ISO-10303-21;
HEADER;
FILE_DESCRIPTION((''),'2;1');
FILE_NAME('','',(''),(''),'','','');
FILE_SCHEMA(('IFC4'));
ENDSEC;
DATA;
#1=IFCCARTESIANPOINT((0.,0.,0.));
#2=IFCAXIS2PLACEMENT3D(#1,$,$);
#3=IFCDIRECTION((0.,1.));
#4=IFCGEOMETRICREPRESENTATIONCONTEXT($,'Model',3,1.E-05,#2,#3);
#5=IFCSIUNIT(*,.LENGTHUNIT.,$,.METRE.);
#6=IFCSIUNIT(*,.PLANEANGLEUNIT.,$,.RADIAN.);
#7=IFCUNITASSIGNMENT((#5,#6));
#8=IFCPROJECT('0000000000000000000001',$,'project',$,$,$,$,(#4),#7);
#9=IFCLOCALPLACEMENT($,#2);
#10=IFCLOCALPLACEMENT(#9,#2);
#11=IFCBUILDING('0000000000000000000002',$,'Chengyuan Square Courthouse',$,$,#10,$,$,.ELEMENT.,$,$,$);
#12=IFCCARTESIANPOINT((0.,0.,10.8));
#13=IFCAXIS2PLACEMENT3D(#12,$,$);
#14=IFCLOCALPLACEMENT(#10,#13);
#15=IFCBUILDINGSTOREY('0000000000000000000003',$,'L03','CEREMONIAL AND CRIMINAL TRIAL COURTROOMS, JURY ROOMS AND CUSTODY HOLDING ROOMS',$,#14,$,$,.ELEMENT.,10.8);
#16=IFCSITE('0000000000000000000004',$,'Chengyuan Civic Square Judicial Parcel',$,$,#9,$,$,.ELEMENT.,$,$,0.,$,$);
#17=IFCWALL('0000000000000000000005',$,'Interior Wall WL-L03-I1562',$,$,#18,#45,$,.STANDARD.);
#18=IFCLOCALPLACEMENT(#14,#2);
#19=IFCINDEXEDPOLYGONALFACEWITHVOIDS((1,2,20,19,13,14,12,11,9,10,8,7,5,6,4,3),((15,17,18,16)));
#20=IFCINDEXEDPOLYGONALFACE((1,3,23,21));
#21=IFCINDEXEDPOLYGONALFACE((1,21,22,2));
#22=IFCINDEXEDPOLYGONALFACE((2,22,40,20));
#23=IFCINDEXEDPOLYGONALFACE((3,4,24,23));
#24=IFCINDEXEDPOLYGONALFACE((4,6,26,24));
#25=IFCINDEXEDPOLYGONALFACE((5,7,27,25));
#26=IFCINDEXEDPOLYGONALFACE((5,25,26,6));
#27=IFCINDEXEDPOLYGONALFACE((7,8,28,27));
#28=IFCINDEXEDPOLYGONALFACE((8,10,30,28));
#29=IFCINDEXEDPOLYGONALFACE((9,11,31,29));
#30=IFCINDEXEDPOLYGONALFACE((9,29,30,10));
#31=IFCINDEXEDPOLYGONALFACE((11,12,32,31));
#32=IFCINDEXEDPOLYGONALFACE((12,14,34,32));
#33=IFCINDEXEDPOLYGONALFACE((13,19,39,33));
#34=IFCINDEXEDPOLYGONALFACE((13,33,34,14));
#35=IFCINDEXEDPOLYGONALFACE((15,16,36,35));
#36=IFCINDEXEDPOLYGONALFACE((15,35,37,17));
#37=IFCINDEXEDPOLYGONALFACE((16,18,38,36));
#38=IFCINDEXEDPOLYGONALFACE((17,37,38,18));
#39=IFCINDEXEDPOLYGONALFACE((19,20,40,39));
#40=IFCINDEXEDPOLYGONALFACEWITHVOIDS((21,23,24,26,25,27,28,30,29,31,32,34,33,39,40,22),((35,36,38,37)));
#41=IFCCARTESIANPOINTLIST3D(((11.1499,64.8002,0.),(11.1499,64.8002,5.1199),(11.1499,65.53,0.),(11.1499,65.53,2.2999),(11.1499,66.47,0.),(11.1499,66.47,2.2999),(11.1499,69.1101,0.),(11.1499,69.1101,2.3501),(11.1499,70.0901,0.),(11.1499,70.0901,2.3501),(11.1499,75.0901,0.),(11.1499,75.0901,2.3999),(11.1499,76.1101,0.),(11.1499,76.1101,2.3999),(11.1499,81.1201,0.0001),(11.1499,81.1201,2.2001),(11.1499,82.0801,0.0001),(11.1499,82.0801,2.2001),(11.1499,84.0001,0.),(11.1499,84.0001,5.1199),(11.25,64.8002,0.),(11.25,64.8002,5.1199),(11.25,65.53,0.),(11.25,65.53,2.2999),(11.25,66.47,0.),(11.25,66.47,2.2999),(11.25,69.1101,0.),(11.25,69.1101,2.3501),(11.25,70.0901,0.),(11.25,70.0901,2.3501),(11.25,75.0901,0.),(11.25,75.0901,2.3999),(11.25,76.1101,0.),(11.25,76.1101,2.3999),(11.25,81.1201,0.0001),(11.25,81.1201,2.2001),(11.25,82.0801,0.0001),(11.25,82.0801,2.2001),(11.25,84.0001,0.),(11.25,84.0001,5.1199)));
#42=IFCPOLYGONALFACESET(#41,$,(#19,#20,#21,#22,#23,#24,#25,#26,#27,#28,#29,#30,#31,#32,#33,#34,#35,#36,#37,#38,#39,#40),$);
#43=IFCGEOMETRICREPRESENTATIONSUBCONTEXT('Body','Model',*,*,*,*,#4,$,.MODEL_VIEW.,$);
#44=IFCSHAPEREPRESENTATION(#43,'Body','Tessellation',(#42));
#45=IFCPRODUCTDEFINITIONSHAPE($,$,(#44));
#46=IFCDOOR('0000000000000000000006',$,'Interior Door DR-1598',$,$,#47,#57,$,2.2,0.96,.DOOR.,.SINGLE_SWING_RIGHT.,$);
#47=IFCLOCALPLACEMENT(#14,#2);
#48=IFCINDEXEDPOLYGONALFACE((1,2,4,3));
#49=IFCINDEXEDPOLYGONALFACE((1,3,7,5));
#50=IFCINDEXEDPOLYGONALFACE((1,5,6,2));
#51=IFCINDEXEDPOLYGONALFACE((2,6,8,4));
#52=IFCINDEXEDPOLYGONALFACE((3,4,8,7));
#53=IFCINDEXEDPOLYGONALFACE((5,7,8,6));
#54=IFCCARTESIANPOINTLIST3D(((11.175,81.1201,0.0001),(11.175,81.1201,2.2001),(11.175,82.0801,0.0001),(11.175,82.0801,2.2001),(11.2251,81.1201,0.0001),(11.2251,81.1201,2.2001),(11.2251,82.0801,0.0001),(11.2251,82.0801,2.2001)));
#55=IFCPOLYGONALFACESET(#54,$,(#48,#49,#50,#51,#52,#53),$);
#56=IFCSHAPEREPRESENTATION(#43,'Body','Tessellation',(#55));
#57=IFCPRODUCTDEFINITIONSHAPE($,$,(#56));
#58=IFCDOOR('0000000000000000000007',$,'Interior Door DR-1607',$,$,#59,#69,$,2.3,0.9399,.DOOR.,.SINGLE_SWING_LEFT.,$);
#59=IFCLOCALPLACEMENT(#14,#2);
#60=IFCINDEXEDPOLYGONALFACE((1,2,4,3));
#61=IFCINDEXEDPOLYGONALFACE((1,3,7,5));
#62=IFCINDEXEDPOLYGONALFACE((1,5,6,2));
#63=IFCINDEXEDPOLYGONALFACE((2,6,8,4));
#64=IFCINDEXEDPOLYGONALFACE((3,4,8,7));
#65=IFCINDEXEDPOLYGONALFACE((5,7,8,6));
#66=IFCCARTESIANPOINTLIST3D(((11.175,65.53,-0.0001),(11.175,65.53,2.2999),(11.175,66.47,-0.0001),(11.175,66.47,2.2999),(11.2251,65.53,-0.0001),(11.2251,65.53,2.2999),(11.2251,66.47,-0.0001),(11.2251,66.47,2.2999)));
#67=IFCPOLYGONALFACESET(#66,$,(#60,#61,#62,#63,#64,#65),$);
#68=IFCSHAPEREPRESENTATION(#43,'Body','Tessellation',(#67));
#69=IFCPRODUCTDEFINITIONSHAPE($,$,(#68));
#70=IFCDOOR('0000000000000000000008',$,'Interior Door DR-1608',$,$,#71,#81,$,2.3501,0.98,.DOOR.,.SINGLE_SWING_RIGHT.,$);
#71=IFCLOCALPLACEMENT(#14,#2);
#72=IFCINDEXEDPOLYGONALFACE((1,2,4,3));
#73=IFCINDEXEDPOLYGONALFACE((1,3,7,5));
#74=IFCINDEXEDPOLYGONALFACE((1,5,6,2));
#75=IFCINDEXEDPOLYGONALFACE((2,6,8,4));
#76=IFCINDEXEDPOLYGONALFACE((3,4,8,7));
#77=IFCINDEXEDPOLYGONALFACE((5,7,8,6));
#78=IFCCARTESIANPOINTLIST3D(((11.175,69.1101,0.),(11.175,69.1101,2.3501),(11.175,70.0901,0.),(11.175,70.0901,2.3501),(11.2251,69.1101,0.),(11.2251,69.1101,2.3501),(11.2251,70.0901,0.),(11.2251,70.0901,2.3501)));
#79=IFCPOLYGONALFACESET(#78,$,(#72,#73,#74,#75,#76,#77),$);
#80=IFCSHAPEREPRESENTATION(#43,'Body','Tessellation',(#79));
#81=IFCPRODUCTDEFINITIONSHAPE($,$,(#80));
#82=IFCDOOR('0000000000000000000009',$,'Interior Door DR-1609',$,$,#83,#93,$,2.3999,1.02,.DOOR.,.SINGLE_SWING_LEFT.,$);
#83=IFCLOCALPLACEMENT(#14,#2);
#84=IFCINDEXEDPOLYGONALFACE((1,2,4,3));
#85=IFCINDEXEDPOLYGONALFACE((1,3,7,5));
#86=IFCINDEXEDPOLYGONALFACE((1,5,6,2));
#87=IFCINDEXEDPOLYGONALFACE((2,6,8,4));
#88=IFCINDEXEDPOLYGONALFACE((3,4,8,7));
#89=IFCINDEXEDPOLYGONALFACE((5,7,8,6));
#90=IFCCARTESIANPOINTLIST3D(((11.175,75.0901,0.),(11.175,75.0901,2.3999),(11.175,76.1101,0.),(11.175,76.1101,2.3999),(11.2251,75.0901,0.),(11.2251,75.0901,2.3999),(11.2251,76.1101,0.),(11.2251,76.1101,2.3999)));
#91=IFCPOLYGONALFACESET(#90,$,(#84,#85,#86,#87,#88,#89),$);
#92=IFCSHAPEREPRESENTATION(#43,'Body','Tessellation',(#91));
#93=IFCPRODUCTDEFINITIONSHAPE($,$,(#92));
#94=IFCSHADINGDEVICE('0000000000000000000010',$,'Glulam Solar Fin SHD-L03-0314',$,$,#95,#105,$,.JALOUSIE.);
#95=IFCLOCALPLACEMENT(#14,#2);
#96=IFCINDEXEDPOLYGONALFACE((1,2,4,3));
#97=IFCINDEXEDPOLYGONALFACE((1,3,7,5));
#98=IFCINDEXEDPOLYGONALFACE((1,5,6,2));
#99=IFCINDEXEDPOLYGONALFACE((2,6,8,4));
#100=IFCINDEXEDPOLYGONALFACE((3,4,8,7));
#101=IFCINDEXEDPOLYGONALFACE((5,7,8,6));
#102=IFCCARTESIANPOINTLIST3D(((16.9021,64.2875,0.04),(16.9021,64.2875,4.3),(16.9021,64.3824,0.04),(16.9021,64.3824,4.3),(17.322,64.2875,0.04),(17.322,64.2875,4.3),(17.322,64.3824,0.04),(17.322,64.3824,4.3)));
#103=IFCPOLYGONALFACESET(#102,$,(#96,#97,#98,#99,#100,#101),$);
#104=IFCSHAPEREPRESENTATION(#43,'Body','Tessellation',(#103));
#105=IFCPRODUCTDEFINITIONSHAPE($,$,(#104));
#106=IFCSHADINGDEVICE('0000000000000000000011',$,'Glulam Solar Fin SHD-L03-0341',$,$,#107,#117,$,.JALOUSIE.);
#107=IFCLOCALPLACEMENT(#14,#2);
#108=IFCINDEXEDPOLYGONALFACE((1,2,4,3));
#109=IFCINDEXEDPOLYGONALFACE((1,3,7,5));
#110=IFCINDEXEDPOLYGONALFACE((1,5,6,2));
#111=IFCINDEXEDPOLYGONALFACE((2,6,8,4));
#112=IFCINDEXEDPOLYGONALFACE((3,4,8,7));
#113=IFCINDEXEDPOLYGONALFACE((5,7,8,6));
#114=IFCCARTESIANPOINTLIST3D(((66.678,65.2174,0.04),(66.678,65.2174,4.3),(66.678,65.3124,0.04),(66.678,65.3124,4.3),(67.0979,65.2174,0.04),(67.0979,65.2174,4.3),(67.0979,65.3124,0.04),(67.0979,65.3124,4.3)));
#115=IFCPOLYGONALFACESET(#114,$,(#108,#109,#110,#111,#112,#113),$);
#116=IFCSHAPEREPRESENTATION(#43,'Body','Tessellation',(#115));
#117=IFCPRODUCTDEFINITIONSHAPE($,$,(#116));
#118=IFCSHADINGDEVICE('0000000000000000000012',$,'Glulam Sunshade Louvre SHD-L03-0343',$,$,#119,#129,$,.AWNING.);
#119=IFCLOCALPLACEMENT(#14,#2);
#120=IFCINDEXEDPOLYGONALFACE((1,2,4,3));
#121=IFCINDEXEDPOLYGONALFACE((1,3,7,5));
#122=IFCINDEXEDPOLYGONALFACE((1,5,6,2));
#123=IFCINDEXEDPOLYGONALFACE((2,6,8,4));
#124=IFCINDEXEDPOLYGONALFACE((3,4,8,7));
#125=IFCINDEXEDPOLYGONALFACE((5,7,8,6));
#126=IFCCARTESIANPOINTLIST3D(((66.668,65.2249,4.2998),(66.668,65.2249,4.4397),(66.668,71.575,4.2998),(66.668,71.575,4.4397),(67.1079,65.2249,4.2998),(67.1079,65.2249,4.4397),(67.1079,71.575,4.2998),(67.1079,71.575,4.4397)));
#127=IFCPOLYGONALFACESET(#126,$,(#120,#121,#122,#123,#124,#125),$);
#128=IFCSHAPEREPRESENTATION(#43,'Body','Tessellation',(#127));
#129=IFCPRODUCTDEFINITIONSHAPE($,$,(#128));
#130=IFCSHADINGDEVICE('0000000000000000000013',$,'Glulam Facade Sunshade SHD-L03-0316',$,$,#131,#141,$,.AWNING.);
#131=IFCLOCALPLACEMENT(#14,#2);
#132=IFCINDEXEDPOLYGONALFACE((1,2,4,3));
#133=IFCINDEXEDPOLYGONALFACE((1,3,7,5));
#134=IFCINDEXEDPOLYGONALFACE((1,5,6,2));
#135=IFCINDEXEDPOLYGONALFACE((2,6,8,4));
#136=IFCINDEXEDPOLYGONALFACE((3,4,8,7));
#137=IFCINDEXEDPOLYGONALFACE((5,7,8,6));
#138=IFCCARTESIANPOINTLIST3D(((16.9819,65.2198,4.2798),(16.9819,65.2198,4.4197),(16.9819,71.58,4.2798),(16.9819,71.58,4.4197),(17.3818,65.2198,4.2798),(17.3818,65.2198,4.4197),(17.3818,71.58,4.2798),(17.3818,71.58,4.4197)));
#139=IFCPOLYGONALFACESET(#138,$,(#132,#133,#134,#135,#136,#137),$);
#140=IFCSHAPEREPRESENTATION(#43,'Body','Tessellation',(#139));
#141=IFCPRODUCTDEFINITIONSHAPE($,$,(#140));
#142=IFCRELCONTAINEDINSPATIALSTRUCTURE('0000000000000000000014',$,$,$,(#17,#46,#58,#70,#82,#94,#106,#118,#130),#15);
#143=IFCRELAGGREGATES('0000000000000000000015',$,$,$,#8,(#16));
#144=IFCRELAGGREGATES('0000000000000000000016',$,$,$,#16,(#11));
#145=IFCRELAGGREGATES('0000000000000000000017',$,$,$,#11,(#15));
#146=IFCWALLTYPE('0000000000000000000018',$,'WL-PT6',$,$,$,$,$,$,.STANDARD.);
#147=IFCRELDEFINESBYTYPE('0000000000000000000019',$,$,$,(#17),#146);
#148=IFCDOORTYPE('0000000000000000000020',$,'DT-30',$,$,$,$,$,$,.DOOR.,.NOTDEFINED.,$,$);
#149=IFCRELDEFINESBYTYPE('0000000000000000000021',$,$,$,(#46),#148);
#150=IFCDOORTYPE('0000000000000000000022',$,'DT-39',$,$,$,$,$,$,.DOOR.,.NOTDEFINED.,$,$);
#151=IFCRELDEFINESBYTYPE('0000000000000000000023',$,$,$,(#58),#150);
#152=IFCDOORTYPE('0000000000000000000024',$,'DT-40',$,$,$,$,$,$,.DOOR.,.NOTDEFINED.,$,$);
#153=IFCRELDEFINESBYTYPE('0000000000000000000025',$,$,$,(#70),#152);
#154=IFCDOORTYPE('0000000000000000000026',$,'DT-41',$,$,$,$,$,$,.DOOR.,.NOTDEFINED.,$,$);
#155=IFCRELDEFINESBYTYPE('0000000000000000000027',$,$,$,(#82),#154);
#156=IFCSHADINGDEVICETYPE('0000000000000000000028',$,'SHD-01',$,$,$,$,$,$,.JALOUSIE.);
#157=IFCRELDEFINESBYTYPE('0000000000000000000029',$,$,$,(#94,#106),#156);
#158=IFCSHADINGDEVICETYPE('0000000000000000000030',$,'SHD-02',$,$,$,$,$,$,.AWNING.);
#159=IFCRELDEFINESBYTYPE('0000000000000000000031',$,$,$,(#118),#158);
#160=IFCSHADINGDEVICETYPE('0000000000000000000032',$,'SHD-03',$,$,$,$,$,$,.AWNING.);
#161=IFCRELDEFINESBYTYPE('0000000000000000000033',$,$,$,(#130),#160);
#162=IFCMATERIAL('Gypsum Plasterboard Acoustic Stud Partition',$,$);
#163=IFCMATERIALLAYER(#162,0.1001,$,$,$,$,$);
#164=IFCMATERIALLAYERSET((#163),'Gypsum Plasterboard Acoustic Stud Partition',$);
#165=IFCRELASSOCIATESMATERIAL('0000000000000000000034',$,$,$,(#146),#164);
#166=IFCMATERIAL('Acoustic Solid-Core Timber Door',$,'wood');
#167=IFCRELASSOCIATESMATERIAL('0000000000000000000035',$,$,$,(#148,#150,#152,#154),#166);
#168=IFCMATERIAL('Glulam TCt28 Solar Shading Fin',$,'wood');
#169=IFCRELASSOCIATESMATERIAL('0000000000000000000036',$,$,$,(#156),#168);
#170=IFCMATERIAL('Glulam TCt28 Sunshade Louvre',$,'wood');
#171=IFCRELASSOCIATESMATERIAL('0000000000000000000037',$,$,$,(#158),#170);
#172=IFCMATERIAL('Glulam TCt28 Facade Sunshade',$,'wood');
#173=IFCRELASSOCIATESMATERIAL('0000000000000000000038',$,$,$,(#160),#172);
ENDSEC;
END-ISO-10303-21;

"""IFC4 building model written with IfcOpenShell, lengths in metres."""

from ifc_helpers import new_model, si_unit, direction, frame, frame_2d, origin, origin_2d, place, context, subcontext, project, spatial, rectangle, extrude, material, layer, layer_set, type_object, element, fill, save


model = new_model("IFC4")

# Units and contexts
model_context = context("Model", 3, precision=1e-05, world=origin(), true_north=direction((0.0, 1.0)))
body_context = subcontext(model_context, "Body", "Model", "MODEL_VIEW")
ifc_project = project(units=[si_unit("LENGTHUNIT", "METRE"), si_unit("PLANEANGLEUNIT", "RADIAN")], contexts=[model_context])

# Site, building, storey
site_placement = place(None, origin())
site = spatial("IfcSite", under=ifc_project, at=site_placement, Name="Chengyuan Civic Square Judicial Parcel", CompositionType="ELEMENT", RefElevation=0.0)
building_placement = place(site_placement, origin())
building = spatial("IfcBuilding", under=site, at=building_placement, Name="Chengyuan Square Courthouse", CompositionType="ELEMENT")
storey_placement = place(building_placement, frame((0.0, 0.0, 10.8)))
storey = spatial("IfcBuildingStorey", under=building, at=storey_placement, Name="L03", Description="CEREMONIAL AND CRIMINAL TRIAL COURTROOMS, JURY ROOMS AND CUSTODY HOLDING ROOMS", CompositionType="ELEMENT", Elevation=10.8)

# Shared definitions
ifc_material_1 = material(Name="Gypsum Plasterboard Acoustic Stud Partition")
ifc_layer_1 = layer(ifc_material_1, 0.1001)
ifc_layer_set_1 = layer_set([ifc_layer_1], Name="Gypsum Plasterboard Acoustic Stud Partition")
wall_type_1 = type_object("IfcWallType", Name="WL-PT6", PredefinedType="STANDARD", material=ifc_layer_set_1)
ifc_material_2 = material(Name="Acoustic Solid-Core Timber Door", Category="wood")

# Wall, openings, doors
wall_1_placement = place(storey_placement, frame((11.2, 64.8, 0.0), z_axis=(0.0, 0.0, 1.0), x_axis=(0.0, 1.0, 0.0)))
wall_1 = element("IfcWall", 1, at=wall_1_placement, inside=storey, type_object=wall_type_1, Name="Interior Wall WL-L03-I1562", PredefinedType="STANDARD", context=body_context, shape_type="SweptSolid", body=[
    extrude(rectangle(XDim=19.2, YDim=0.1001, at=frame_2d((9.6001, 0.0))), origin(), (0.0, 0.0, 1.0), 5.1199),
])
opening_1_placement = place(wall_1_placement, frame((16.3201, 0.0, 0.0)))
opening_1 = element("IfcOpeningElement", 2, at=opening_1_placement, cuts=wall_1, PredefinedType="OPENING", context=body_context, shape_type="SweptSolid", body=[
    extrude(rectangle(XDim=0.96, YDim=2.2, at=frame_2d((0.48, 1.1001))), frame((0.0, 0.062, 0.0), z_axis=(0.0, -1.0, 0.0), x_axis=(1.0, 0.0, 0.0)), (0.0, 0.0, 1.0), 0.124),
])
opening_2_placement = place(wall_1_placement, frame((0.73, 0.0, 0.0)))
opening_2 = element("IfcOpeningElement", 3, at=opening_2_placement, cuts=wall_1, PredefinedType="OPENING", context=body_context, shape_type="SweptSolid", body=[
    extrude(rectangle(XDim=0.9399, YDim=2.3, at=frame_2d((0.47, 1.1499))), frame((0.0, 0.062, 0.0), z_axis=(0.0, -1.0, 0.0), x_axis=(1.0, 0.0, 0.0)), (0.0, 0.0, 1.0), 0.124),
])
opening_3_placement = place(wall_1_placement, frame((4.3101, 0.0, 0.0)))
opening_3 = element("IfcOpeningElement", 4, at=opening_3_placement, cuts=wall_1, PredefinedType="OPENING", context=body_context, shape_type="SweptSolid", body=[
    extrude(rectangle(XDim=0.98, YDim=2.3501, at=frame_2d((0.49, 1.175))), frame((0.0, 0.062, 0.0), z_axis=(0.0, -1.0, 0.0), x_axis=(1.0, 0.0, 0.0)), (0.0, 0.0, 1.0), 0.124),
])
opening_4_placement = place(wall_1_placement, frame((10.29, 0.0, 0.0)))
opening_4 = element("IfcOpeningElement", 5, at=opening_4_placement, cuts=wall_1, PredefinedType="OPENING", context=body_context, shape_type="SweptSolid", body=[
    extrude(rectangle(XDim=1.02, YDim=2.3999, at=frame_2d((0.51, 1.2))), frame((0.0, 0.062, 0.0), z_axis=(0.0, -1.0, 0.0), x_axis=(1.0, 0.0, 0.0)), (0.0, 0.0, 1.0), 0.124),
])
door_type_1 = type_object("IfcDoorType", Name="DT-30", OperationType="NOTDEFINED", PredefinedType="DOOR", material=ifc_material_2)
door_1_placement = place(opening_1_placement, origin())
door_1 = element("IfcDoor", 6, at=door_1_placement, inside=storey, type_object=door_type_1, Name="Interior Door DR-1598", OperationType="SINGLE_SWING_RIGHT", OverallHeight=2.2, OverallWidth=0.96, PredefinedType="DOOR", context=body_context, shape_type="SweptSolid", body=[
    extrude(rectangle(XDim=0.96, YDim=2.2, at=frame_2d((0.48, 1.1001))), frame((0.0, 0.0249, 0.0), z_axis=(0.0, -1.0, 0.0), x_axis=(1.0, 0.0, 0.0)), (0.0, 0.0, 1.0), 0.05),
])
fill(opening_1, door_1)
door_type_2 = type_object("IfcDoorType", Name="DT-39", OperationType="NOTDEFINED", PredefinedType="DOOR", material=ifc_material_2)
door_2_placement = place(opening_2_placement, origin())
door_2 = element("IfcDoor", 7, at=door_2_placement, inside=storey, type_object=door_type_2, Name="Interior Door DR-1607", OperationType="SINGLE_SWING_LEFT", OverallHeight=2.3, OverallWidth=0.9399, PredefinedType="DOOR", context=body_context, shape_type="SweptSolid", body=[
    extrude(rectangle(XDim=0.9399, YDim=2.3, at=frame_2d((0.47, 1.1499))), frame((0.0, 0.0249, 0.0), z_axis=(0.0, -1.0, 0.0), x_axis=(1.0, 0.0, 0.0)), (0.0, 0.0, 1.0), 0.05),
])
fill(opening_2, door_2)
door_type_3 = type_object("IfcDoorType", Name="DT-40", OperationType="NOTDEFINED", PredefinedType="DOOR", material=ifc_material_2)
door_3_placement = place(opening_3_placement, origin())
door_3 = element("IfcDoor", 8, at=door_3_placement, inside=storey, type_object=door_type_3, Name="Interior Door DR-1608", OperationType="SINGLE_SWING_RIGHT", OverallHeight=2.3501, OverallWidth=0.98, PredefinedType="DOOR", context=body_context, shape_type="SweptSolid", body=[
    extrude(rectangle(XDim=0.98, YDim=2.3501, at=frame_2d((0.49, 1.175))), frame((0.0, 0.0249, 0.0), z_axis=(0.0, -1.0, 0.0), x_axis=(1.0, 0.0, 0.0)), (0.0, 0.0, 1.0), 0.05),
])
fill(opening_3, door_3)
door_type_4 = type_object("IfcDoorType", Name="DT-41", OperationType="NOTDEFINED", PredefinedType="DOOR", material=ifc_material_2)
door_4_placement = place(opening_4_placement, origin())
door_4 = element("IfcDoor", 9, at=door_4_placement, inside=storey, type_object=door_type_4, Name="Interior Door DR-1609", OperationType="SINGLE_SWING_LEFT", OverallHeight=2.3999, OverallWidth=1.02, PredefinedType="DOOR", context=body_context, shape_type="SweptSolid", body=[
    extrude(rectangle(XDim=1.02, YDim=2.3999, at=frame_2d((0.51, 1.2))), frame((0.0, 0.0249, 0.0), z_axis=(0.0, -1.0, 0.0), x_axis=(1.0, 0.0, 0.0)), (0.0, 0.0, 1.0), 0.05),
])
fill(opening_4, door_4)

# Shading devices
ifc_material_3 = material(Name="Glulam TCt28 Solar Shading Fin", Category="wood")
shading_device_type_1 = type_object("IfcShadingDeviceType", Name="SHD-01", PredefinedType="JALOUSIE", material=ifc_material_3)
for number, where, z_axis, x_axis, name in (
    (10, (17.1121, 64.335, 0.04), (0.0, 0.0, 1.0), (1.0, 0.0, 0.0), "Glulam Solar Fin SHD-L03-0314"),
    (11, (66.8879, 65.2649, 0.04), (0.0, 0.0, 1.0), (1.0, 0.0, 0.0), "Glulam Solar Fin SHD-L03-0341"),
):
    element("IfcShadingDevice", number, at=place(storey_placement, frame(where, z_axis=z_axis, x_axis=x_axis)), inside=storey, type_object=shading_device_type_1, Name=name, PredefinedType="JALOUSIE", context=body_context, shape_type="SweptSolid", body=[
        extrude(rectangle(XDim=0.4199, YDim=0.095, at=origin_2d()), origin(), (0.0, 0.0, 1.0), 4.26),
    ])
ifc_material_4 = material(Name="Glulam TCt28 Sunshade Louvre", Category="wood")
shading_device_type_2 = type_object("IfcShadingDeviceType", Name="SHD-02", PredefinedType="AWNING", material=ifc_material_4)
shading_device_1_placement = place(storey_placement, frame((66.8879, 68.3999, 4.2998), z_axis=(0.0, 0.0, 1.0), x_axis=(0.0, 1.0, 0.0)))
element("IfcShadingDevice", 12, at=shading_device_1_placement, inside=storey, type_object=shading_device_type_2, Name="Glulam Sunshade Louvre SHD-L03-0343", PredefinedType="AWNING", context=body_context, shape_type="SweptSolid", body=[
    extrude(rectangle(XDim=6.3501, YDim=0.4399, at=origin_2d()), origin(), (0.0, 0.0, 1.0), 0.1399),
])
ifc_material_5 = material(Name="Glulam TCt28 Facade Sunshade", Category="wood")
shading_device_type_3 = type_object("IfcShadingDeviceType", Name="SHD-03", PredefinedType="AWNING", material=ifc_material_5)
shading_device_2_placement = place(storey_placement, frame((17.1819, 68.3999, 4.2798), z_axis=(0.0, 0.0, 1.0), x_axis=(0.0, 1.0, 0.0)))
element("IfcShadingDevice", 13, at=shading_device_2_placement, inside=storey, type_object=shading_device_type_3, Name="Glulam Facade Sunshade SHD-L03-0316", PredefinedType="AWNING", context=body_context, shape_type="SweptSolid", body=[
    extrude(rectangle(XDim=6.3601, YDim=0.3999, at=origin_2d()), origin(), (0.0, 0.0, 1.0), 0.1399),
])

save(model, "model.ifc")
